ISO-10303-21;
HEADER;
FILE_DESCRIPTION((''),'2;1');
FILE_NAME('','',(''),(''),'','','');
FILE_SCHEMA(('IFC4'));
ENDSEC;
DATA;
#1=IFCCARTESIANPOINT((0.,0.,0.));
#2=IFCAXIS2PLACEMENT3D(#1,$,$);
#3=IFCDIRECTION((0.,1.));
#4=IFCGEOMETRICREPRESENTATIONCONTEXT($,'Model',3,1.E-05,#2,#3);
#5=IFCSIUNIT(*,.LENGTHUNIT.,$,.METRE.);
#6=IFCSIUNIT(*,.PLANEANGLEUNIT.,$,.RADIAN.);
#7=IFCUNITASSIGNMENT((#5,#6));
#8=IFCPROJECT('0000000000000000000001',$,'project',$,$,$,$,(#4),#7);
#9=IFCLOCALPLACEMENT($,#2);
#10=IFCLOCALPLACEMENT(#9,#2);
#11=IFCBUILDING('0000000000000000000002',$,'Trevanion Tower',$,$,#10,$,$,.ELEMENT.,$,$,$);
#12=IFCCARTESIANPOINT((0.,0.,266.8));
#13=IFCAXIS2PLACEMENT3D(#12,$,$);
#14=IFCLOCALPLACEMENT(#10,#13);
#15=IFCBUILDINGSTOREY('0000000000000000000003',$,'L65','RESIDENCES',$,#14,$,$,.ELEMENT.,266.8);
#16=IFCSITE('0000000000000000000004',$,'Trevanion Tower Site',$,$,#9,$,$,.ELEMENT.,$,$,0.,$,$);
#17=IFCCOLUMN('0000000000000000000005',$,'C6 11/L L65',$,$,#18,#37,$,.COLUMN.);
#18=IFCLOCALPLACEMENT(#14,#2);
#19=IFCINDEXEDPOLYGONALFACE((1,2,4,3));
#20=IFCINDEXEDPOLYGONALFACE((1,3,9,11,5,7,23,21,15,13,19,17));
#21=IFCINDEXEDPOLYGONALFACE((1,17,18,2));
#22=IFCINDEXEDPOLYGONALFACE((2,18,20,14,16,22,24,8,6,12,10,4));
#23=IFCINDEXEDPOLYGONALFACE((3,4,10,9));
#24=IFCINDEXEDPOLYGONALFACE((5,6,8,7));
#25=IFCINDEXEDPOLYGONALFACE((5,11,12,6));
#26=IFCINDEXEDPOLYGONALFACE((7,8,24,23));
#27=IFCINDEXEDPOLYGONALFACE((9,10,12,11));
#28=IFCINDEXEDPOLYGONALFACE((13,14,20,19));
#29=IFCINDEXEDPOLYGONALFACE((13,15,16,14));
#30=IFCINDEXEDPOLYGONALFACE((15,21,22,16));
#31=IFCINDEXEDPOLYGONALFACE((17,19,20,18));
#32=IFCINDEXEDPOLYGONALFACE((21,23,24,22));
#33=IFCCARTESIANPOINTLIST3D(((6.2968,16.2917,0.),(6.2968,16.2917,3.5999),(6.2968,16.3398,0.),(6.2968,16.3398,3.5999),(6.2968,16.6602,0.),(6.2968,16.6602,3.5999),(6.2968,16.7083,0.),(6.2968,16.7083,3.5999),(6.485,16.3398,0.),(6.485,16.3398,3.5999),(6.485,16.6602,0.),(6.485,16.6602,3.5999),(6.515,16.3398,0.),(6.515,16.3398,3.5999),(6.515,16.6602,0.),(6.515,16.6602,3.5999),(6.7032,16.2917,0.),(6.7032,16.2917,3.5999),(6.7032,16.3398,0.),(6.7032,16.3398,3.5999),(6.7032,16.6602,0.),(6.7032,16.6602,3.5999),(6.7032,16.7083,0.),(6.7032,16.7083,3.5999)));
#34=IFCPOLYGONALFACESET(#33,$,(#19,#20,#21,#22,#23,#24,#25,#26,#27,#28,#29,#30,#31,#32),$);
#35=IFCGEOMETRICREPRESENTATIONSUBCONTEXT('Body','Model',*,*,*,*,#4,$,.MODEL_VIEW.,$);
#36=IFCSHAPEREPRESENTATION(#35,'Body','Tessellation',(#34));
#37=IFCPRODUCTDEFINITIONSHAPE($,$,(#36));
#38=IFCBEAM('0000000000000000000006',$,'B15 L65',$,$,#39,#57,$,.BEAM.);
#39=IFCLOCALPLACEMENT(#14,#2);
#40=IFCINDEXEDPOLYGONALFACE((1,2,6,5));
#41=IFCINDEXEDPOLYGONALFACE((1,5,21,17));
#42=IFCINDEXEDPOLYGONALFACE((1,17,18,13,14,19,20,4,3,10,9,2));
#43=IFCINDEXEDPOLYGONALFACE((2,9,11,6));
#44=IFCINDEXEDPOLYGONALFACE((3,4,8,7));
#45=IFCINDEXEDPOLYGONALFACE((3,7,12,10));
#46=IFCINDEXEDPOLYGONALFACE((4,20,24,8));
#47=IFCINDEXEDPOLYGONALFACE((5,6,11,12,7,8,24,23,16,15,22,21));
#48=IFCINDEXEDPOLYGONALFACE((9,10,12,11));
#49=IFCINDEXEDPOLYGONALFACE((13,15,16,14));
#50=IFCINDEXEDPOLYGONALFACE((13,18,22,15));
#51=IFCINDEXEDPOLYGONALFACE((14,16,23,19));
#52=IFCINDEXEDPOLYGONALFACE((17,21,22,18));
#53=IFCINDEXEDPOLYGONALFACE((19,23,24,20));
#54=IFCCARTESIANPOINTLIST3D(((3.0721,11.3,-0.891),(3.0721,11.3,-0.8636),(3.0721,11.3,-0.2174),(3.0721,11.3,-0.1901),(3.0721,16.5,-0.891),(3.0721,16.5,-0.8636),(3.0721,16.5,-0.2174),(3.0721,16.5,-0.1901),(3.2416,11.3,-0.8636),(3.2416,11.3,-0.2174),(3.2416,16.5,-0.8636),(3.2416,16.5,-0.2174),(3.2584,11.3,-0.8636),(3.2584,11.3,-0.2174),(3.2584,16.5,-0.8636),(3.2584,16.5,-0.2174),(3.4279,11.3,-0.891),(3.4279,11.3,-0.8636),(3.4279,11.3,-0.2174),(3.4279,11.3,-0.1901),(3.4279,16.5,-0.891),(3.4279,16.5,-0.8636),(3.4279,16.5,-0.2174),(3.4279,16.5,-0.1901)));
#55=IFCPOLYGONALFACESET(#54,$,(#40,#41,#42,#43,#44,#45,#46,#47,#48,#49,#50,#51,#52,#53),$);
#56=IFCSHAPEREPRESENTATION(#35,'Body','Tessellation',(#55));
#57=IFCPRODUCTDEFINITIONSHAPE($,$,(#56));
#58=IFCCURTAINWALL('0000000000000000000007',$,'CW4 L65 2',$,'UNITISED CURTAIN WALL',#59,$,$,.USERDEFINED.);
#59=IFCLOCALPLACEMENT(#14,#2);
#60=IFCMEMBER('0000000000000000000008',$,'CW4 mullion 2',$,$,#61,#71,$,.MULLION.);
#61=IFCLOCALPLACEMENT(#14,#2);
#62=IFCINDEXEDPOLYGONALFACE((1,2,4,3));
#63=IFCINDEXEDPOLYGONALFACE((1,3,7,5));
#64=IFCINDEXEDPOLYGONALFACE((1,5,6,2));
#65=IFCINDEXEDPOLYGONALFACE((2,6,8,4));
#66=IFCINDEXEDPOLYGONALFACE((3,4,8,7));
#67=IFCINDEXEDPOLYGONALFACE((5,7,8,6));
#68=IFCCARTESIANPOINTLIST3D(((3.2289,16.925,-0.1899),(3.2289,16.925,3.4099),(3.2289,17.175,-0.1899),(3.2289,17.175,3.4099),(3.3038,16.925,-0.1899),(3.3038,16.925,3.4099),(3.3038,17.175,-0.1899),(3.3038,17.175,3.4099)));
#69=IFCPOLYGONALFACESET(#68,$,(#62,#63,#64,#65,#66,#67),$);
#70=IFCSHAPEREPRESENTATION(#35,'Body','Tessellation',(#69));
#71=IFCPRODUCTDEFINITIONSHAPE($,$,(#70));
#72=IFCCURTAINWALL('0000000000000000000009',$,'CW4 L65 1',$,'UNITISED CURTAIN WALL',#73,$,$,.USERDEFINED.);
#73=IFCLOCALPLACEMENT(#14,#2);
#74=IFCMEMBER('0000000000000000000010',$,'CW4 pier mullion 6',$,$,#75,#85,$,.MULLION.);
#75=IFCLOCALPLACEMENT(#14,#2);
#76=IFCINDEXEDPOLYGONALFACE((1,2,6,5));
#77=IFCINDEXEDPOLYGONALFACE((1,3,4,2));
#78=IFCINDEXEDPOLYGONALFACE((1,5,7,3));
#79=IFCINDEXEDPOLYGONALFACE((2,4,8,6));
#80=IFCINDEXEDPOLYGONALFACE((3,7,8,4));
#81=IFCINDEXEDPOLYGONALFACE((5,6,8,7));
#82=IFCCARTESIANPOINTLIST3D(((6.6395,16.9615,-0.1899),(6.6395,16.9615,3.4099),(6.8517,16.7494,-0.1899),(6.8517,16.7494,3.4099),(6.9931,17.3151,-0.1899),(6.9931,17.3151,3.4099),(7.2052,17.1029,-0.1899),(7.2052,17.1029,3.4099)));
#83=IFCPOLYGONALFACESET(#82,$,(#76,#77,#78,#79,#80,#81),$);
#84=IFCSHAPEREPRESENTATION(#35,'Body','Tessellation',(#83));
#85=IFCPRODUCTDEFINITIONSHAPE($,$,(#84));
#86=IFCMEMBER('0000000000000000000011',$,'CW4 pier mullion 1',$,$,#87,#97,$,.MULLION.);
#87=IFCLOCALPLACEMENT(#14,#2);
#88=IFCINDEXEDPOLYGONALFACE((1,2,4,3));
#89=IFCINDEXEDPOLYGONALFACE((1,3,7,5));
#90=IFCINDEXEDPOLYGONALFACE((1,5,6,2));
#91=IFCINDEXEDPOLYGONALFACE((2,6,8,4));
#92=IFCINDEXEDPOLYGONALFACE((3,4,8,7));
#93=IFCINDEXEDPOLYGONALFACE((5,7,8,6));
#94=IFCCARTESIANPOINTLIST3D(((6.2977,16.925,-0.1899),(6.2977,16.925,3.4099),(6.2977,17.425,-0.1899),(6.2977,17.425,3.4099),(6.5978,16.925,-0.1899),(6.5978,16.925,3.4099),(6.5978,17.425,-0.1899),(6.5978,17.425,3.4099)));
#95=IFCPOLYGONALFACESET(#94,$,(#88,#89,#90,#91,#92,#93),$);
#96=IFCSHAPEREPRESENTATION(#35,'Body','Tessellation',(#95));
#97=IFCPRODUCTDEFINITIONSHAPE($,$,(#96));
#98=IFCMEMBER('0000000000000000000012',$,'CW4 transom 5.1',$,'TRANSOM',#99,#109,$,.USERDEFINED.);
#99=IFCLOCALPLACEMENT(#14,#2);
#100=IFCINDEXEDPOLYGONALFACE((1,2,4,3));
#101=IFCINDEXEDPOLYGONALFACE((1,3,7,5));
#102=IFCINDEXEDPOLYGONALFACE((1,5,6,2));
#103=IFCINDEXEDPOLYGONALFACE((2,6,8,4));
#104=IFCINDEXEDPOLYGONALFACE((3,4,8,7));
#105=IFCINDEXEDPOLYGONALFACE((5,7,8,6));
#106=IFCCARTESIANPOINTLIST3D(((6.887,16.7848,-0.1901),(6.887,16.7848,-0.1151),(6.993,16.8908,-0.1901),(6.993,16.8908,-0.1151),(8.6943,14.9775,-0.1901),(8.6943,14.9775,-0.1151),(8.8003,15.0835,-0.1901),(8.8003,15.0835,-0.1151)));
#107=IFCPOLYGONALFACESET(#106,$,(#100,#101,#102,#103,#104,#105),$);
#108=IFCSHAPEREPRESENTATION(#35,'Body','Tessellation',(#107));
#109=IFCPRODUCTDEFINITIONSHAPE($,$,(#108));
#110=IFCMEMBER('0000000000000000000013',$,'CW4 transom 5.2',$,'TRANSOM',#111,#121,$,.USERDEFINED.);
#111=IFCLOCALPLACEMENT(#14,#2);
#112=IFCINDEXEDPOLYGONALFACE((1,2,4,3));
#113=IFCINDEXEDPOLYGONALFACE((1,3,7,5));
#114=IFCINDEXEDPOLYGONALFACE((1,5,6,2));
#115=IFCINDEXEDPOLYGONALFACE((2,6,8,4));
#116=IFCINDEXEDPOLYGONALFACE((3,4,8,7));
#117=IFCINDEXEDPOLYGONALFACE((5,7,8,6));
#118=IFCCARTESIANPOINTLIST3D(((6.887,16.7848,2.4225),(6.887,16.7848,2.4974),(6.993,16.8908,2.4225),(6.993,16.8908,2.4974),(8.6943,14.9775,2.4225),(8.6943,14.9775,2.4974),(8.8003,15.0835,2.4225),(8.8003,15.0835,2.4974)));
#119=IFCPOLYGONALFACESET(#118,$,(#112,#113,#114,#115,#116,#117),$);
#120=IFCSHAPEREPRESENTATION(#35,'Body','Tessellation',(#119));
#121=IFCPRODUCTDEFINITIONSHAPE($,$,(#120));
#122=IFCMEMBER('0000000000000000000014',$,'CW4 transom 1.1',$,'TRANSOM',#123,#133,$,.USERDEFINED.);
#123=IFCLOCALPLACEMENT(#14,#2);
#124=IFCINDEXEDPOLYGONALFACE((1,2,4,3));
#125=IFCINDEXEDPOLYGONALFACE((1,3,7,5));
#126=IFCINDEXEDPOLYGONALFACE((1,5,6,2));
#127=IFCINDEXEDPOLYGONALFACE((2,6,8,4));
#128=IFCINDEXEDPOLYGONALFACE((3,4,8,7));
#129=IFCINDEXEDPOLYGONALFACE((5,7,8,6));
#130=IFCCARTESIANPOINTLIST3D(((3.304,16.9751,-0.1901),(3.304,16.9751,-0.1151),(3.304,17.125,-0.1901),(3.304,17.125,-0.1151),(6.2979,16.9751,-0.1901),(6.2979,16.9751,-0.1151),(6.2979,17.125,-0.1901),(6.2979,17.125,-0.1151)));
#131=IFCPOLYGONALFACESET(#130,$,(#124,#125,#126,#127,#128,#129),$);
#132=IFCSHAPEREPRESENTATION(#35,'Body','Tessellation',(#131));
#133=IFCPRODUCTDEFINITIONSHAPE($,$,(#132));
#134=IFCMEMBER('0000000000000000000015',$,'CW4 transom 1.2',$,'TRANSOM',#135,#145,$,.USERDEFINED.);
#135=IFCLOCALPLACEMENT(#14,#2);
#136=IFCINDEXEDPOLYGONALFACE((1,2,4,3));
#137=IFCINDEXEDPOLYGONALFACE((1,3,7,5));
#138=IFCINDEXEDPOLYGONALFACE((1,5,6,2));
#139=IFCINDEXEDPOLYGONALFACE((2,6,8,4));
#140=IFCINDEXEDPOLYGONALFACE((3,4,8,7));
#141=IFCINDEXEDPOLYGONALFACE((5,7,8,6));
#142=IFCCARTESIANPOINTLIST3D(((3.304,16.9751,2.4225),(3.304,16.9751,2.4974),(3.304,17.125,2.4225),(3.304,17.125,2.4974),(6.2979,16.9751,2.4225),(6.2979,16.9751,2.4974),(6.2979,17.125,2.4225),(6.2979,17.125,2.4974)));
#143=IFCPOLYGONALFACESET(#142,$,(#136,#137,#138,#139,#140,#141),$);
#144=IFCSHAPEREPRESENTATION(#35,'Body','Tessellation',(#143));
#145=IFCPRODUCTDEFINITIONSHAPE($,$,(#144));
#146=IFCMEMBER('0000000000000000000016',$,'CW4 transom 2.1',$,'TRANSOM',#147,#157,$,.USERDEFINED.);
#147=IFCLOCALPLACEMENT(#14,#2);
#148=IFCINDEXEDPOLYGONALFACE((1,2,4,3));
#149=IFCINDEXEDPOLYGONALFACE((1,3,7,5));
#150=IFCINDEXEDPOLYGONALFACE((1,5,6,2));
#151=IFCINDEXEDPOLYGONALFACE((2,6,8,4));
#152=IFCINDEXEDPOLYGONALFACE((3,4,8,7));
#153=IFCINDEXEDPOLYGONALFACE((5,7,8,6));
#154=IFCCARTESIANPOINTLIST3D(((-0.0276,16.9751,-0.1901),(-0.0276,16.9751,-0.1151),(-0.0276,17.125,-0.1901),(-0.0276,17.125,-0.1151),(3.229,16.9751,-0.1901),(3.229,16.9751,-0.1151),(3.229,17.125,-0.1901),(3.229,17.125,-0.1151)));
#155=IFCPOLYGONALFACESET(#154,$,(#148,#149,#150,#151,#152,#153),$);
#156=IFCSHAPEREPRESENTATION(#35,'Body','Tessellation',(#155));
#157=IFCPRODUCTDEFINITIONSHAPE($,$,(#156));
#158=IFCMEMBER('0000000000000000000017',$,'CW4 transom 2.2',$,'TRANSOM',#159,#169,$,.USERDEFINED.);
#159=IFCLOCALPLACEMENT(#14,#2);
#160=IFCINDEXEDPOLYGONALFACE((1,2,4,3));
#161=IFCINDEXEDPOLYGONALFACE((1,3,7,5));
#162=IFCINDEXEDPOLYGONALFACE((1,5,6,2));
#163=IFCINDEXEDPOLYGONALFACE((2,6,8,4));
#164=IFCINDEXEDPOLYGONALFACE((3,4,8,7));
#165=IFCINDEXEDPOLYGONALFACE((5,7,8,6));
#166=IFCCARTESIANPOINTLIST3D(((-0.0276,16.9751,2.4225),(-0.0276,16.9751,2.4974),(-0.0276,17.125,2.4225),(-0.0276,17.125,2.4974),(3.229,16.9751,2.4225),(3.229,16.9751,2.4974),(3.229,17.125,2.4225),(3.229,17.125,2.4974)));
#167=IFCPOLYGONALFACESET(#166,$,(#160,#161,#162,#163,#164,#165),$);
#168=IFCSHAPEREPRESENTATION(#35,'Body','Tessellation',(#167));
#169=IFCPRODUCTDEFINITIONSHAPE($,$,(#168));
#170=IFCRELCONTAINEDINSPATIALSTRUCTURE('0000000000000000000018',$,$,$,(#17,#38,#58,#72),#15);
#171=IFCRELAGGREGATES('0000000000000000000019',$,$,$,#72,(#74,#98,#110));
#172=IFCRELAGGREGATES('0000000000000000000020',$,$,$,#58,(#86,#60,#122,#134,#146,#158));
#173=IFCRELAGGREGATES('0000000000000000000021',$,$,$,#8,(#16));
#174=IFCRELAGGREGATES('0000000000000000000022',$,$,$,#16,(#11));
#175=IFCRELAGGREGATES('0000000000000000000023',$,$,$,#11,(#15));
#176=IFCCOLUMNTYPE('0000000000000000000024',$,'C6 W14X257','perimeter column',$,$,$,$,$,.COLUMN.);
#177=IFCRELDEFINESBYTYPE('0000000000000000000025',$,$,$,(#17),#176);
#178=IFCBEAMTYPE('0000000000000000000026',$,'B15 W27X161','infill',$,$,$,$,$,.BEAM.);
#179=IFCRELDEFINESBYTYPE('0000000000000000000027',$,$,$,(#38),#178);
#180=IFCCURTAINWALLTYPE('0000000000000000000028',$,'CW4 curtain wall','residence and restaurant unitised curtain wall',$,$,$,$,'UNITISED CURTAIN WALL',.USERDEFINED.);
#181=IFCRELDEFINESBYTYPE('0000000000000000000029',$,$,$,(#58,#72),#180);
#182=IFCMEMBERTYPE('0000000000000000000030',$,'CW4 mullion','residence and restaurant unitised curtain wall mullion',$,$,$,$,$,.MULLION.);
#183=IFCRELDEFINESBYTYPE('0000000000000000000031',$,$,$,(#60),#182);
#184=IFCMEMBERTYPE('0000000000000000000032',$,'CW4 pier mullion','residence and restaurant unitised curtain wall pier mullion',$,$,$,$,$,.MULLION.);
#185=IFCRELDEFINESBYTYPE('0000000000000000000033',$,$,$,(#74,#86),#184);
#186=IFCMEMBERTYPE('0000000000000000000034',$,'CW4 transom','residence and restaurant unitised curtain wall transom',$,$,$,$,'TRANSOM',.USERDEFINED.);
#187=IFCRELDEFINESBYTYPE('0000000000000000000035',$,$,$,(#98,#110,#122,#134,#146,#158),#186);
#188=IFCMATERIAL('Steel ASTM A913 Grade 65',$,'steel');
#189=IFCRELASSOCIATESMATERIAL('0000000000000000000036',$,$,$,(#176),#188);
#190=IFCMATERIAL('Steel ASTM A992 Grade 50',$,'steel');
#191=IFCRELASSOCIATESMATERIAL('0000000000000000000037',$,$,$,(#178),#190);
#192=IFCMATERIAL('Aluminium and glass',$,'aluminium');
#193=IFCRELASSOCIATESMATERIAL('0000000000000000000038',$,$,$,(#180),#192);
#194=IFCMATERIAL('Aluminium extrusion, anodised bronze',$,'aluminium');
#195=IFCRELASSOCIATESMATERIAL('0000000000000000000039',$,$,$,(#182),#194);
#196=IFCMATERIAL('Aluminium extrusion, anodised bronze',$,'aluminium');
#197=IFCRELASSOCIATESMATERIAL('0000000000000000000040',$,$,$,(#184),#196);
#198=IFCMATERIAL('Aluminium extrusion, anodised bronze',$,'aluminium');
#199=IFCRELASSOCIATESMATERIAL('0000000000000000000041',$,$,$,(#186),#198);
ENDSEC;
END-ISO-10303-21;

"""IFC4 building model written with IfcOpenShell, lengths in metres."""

from ifc_helpers import new_model, si_unit, direction, frame, origin, origin_2d, place, context, subcontext, project, spatial, rectangle, i_section, extrude, material, material_profile, profile_set, type_object, element, aggregate, save


model = new_model("IFC4")

# Units and contexts
model_context = context("Model", 3, precision=1e-05, world=origin(), true_north=direction((0.0, 1.0)))
body_context = subcontext(model_context, "Body", "Model", "MODEL_VIEW")
ifc_project = project(units=[si_unit("LENGTHUNIT", "METRE"), si_unit("PLANEANGLEUNIT", "RADIAN")], contexts=[model_context])

# Site, building, storey
site_placement = place(None, origin())
site = spatial("IfcSite", under=ifc_project, at=site_placement, Name="Trevanion Tower Site", CompositionType="ELEMENT", RefElevation=0.0)
building_placement = place(site_placement, origin())
building = spatial("IfcBuilding", under=site, at=building_placement, Name="Trevanion Tower", CompositionType="ELEMENT")
storey_placement = place(building_placement, frame((0.0, 0.0, 266.8)))
storey = spatial("IfcBuildingStorey", under=building, at=storey_placement, Name="L65", Description="RESIDENCES", CompositionType="ELEMENT", Elevation=266.8)

# Column
ifc_material_1 = material(Name="Steel ASTM A913 Grade 65", Category="steel")
ifc_material_profile_1 = material_profile(ifc_material_1, i_section(OverallWidth=0.4065, OverallDepth=0.4165, WebThickness=0.03, FlangeThickness=0.0481, at=origin_2d()), Name="W14X257")
ifc_profile_set_1 = profile_set([ifc_material_profile_1], Name="Steel ASTM A913 Grade 65")
column_type = type_object("IfcColumnType", Name="C6 W14X257", Description="perimeter column", PredefinedType="COLUMN", material=ifc_profile_set_1)
column_placement = place(storey_placement, frame((6.5, 16.5, 0.0), z_axis=(0.0, 0.0, 1.0), x_axis=(1.0, 0.0, 0.0)))
element("IfcColumn", 1, at=column_placement, inside=storey, type_object=column_type, Name="C6 11/L L65", PredefinedType="COLUMN", context=body_context, shape_type="SweptSolid", body=[
    extrude(i_section(OverallWidth=0.4065, OverallDepth=0.4165, WebThickness=0.03, FlangeThickness=0.0481, at=origin_2d()), origin(), (0.0, 0.0, 1.0), 3.5999),
])

# Beam
ifc_material_2 = material(Name="Steel ASTM A992 Grade 50", Category="steel")
ifc_material_profile_2 = material_profile(ifc_material_2, i_section(OverallWidth=0.3557, OverallDepth=0.7009, WebThickness=0.0168, FlangeThickness=0.0273, at=origin_2d()), Name="W27X161")
ifc_profile_set_2 = profile_set([ifc_material_profile_2], Name="Steel ASTM A992 Grade 50")
beam_type_1 = type_object("IfcBeamType", Name="B15 W27X161", Description="infill", PredefinedType="BEAM", material=ifc_profile_set_2)
beam_1_placement = place(storey_placement, frame((3.25, 11.3, -0.5405), z_axis=(0.0, 1.0, 0.0), x_axis=(-1.0, 0.0, 0.0)))
element("IfcBeam", 2, at=beam_1_placement, inside=storey, type_object=beam_type_1, Name="B15 L65", PredefinedType="BEAM", context=body_context, shape_type="SweptSolid", body=[
    extrude(i_section(OverallWidth=0.3557, OverallDepth=0.7009, WebThickness=0.0168, FlangeThickness=0.0273, at=origin_2d()), origin(), (0.0, 0.0, 1.0), 5.2),
])

# Curtain walls, members
ifc_material_3 = material(Name="Aluminium and glass", Category="aluminium")
curtain_wall_type = type_object("IfcCurtainWallType", Name="CW4 curtain wall", Description="residence and restaurant unitised curtain wall", ElementType="UNITISED CURTAIN WALL", PredefinedType="USERDEFINED", material=ifc_material_3)
curtain_wall_1_placement = place(storey_placement, origin())
curtain_wall_1 = element("IfcCurtainWall", 3, at=curtain_wall_1_placement, inside=storey, type_object=curtain_wall_type, Name="CW4 L65 2", ObjectType="UNITISED CURTAIN WALL", PredefinedType="USERDEFINED")
ifc_material_4 = material(Name="Aluminium extrusion, anodised bronze", Category="aluminium")
ifc_material_profile_3 = material_profile(ifc_material_4, rectangle(XDim=0.075, YDim=0.25, at=origin_2d()), Name="CW4 mullion")
ifc_profile_set_3 = profile_set([ifc_material_profile_3], Name="Aluminium extrusion, anodised bronze")
member_type_1 = type_object("IfcMemberType", Name="CW4 mullion", Description="residence and restaurant unitised curtain wall mullion", PredefinedType="MULLION", material=ifc_profile_set_3)
member_1_placement = place(storey_placement, frame((3.2664, 17.05, -0.1899), z_axis=(0.0, 0.0, 1.0), x_axis=(-1.0, 0.0, 0.0)))
member_1 = element("IfcMember", 4, at=member_1_placement, type_object=member_type_1, Name="CW4 mullion 2", PredefinedType="MULLION", context=body_context, shape_type="SweptSolid", body=[
    extrude(rectangle(XDim=0.075, YDim=0.25, at=origin_2d()), origin(), (0.0, 0.0, 1.0), 3.5999),
])
curtain_wall_2_placement = place(storey_placement, origin())
curtain_wall_2 = element("IfcCurtainWall", 5, at=curtain_wall_2_placement, inside=storey, type_object=curtain_wall_type, Name="CW4 L65 1", ObjectType="UNITISED CURTAIN WALL", PredefinedType="USERDEFINED")
ifc_material_5 = material(Name="Aluminium extrusion, anodised bronze", Category="aluminium")
ifc_material_profile_4 = material_profile(ifc_material_5, rectangle(XDim=0.3, YDim=0.5, at=origin_2d()), Name="CW4 pier mullion")
ifc_profile_set_4 = profile_set([ifc_material_profile_4], Name="Aluminium extrusion, anodised bronze")
member_type_2 = type_object("IfcMemberType", Name="CW4 pier mullion", Description="residence and restaurant unitised curtain wall pier mullion", PredefinedType="MULLION", material=ifc_profile_set_4)
member_2_placement = place(storey_placement, frame((6.9224, 17.0322, -0.1899), z_axis=(0.0, 0.0, 1.0), x_axis=(-0.707107, 0.707107, 0.0)))
member_2 = element("IfcMember", 6, at=member_2_placement, type_object=member_type_2, Name="CW4 pier mullion 6", PredefinedType="MULLION", context=body_context, shape_type="SweptSolid", body=[
    extrude(rectangle(XDim=0.3, YDim=0.5, at=origin_2d()), origin(), (0.0, 0.0, 1.0), 3.5999),
])

# Members
member_3_placement = place(storey_placement, frame((6.4478, 17.175, -0.1899), z_axis=(0.0, 0.0, 1.0), x_axis=(-1.0, 0.0, 0.0)))
member_3 = element("IfcMember", 7, at=member_3_placement, type_object=member_type_2, Name="CW4 pier mullion 1", PredefinedType="MULLION", context=body_context, shape_type="SweptSolid", body=[
    extrude(rectangle(XDim=0.3, YDim=0.5, at=origin_2d()), origin(), (0.0, 0.0, 1.0), 3.5999),
])
ifc_material_6 = material(Name="Aluminium extrusion, anodised bronze", Category="aluminium")
ifc_material_profile_5 = material_profile(ifc_material_6, rectangle(XDim=0.1499, YDim=0.075, at=origin_2d()), Name="CW4 transom")
ifc_profile_set_5 = profile_set([ifc_material_profile_5], Name="Aluminium extrusion, anodised bronze")
member_type_3 = type_object("IfcMemberType", Name="CW4 transom", Description="residence and restaurant unitised curtain wall transom", ElementType="TRANSOM", PredefinedType="USERDEFINED", material=ifc_profile_set_5)
member_4_placement = place(storey_placement, frame((8.7473, 15.0305, -0.1526), z_axis=(-0.707107, 0.707107, 0.0), x_axis=(-0.707107, -0.707107, 0.0)))
member_4 = element("IfcMember", 8, at=member_4_placement, type_object=member_type_3, Name="CW4 transom 5.1", ObjectType="TRANSOM", PredefinedType="USERDEFINED", context=body_context, shape_type="SweptSolid", body=[
    extrude(rectangle(XDim=0.1499, YDim=0.075, at=origin_2d()), origin(), (0.0, 0.0, 1.0), 2.5559),
])
member_5_placement = place(storey_placement, frame((8.7473, 15.0305, 2.46), z_axis=(-0.707107, 0.707107, 0.0), x_axis=(-0.707107, -0.707107, 0.0)))
member_5 = element("IfcMember", 9, at=member_5_placement, type_object=member_type_3, Name="CW4 transom 5.2", ObjectType="TRANSOM", PredefinedType="USERDEFINED", context=body_context, shape_type="SweptSolid", body=[
    extrude(rectangle(XDim=0.1499, YDim=0.075, at=origin_2d()), origin(), (0.0, 0.0, 1.0), 2.5559),
])
member_6_placement = place(storey_placement, frame((6.2979, 17.05, -0.1526), z_axis=(-1.0, 0.0, 0.0), x_axis=(0.0, -1.0, 0.0)))
member_6 = element("IfcMember", 10, at=member_6_placement, type_object=member_type_3, Name="CW4 transom 1.1", ObjectType="TRANSOM", PredefinedType="USERDEFINED", context=body_context, shape_type="SweptSolid", body=[
    extrude(rectangle(XDim=0.1499, YDim=0.075, at=origin_2d()), origin(), (0.0, 0.0, 1.0), 2.9939),
])
member_7_placement = place(storey_placement, frame((6.2979, 17.05, 2.46), z_axis=(-1.0, 0.0, 0.0), x_axis=(0.0, -1.0, 0.0)))
member_7 = element("IfcMember", 11, at=member_7_placement, type_object=member_type_3, Name="CW4 transom 1.2", ObjectType="TRANSOM", PredefinedType="USERDEFINED", context=body_context, shape_type="SweptSolid", body=[
    extrude(rectangle(XDim=0.1499, YDim=0.075, at=origin_2d()), origin(), (0.0, 0.0, 1.0), 2.9939),
])
member_8_placement = place(storey_placement, frame((3.229, 17.05, -0.1526), z_axis=(-1.0, 0.0, 0.0), x_axis=(0.0, -1.0, 0.0)))
member_8 = element("IfcMember", 12, at=member_8_placement, type_object=member_type_3, Name="CW4 transom 2.1", ObjectType="TRANSOM", PredefinedType="USERDEFINED", context=body_context, shape_type="SweptSolid", body=[
    extrude(rectangle(XDim=0.1499, YDim=0.075, at=origin_2d()), origin(), (0.0, 0.0, 1.0), 3.2566),
])
member_9_placement = place(storey_placement, frame((3.229, 17.05, 2.46), z_axis=(-1.0, 0.0, 0.0), x_axis=(0.0, -1.0, 0.0)))
member_9 = element("IfcMember", 13, at=member_9_placement, type_object=member_type_3, Name="CW4 transom 2.2", ObjectType="TRANSOM", PredefinedType="USERDEFINED", context=body_context, shape_type="SweptSolid", body=[
    extrude(rectangle(XDim=0.1499, YDim=0.075, at=origin_2d()), origin(), (0.0, 0.0, 1.0), 3.2566),
])

aggregate(curtain_wall_2, [member_2, member_4, member_5])
aggregate(curtain_wall_1, [member_3, member_1, member_6, member_7, member_8, member_9])

save(model, "model.ifc")
